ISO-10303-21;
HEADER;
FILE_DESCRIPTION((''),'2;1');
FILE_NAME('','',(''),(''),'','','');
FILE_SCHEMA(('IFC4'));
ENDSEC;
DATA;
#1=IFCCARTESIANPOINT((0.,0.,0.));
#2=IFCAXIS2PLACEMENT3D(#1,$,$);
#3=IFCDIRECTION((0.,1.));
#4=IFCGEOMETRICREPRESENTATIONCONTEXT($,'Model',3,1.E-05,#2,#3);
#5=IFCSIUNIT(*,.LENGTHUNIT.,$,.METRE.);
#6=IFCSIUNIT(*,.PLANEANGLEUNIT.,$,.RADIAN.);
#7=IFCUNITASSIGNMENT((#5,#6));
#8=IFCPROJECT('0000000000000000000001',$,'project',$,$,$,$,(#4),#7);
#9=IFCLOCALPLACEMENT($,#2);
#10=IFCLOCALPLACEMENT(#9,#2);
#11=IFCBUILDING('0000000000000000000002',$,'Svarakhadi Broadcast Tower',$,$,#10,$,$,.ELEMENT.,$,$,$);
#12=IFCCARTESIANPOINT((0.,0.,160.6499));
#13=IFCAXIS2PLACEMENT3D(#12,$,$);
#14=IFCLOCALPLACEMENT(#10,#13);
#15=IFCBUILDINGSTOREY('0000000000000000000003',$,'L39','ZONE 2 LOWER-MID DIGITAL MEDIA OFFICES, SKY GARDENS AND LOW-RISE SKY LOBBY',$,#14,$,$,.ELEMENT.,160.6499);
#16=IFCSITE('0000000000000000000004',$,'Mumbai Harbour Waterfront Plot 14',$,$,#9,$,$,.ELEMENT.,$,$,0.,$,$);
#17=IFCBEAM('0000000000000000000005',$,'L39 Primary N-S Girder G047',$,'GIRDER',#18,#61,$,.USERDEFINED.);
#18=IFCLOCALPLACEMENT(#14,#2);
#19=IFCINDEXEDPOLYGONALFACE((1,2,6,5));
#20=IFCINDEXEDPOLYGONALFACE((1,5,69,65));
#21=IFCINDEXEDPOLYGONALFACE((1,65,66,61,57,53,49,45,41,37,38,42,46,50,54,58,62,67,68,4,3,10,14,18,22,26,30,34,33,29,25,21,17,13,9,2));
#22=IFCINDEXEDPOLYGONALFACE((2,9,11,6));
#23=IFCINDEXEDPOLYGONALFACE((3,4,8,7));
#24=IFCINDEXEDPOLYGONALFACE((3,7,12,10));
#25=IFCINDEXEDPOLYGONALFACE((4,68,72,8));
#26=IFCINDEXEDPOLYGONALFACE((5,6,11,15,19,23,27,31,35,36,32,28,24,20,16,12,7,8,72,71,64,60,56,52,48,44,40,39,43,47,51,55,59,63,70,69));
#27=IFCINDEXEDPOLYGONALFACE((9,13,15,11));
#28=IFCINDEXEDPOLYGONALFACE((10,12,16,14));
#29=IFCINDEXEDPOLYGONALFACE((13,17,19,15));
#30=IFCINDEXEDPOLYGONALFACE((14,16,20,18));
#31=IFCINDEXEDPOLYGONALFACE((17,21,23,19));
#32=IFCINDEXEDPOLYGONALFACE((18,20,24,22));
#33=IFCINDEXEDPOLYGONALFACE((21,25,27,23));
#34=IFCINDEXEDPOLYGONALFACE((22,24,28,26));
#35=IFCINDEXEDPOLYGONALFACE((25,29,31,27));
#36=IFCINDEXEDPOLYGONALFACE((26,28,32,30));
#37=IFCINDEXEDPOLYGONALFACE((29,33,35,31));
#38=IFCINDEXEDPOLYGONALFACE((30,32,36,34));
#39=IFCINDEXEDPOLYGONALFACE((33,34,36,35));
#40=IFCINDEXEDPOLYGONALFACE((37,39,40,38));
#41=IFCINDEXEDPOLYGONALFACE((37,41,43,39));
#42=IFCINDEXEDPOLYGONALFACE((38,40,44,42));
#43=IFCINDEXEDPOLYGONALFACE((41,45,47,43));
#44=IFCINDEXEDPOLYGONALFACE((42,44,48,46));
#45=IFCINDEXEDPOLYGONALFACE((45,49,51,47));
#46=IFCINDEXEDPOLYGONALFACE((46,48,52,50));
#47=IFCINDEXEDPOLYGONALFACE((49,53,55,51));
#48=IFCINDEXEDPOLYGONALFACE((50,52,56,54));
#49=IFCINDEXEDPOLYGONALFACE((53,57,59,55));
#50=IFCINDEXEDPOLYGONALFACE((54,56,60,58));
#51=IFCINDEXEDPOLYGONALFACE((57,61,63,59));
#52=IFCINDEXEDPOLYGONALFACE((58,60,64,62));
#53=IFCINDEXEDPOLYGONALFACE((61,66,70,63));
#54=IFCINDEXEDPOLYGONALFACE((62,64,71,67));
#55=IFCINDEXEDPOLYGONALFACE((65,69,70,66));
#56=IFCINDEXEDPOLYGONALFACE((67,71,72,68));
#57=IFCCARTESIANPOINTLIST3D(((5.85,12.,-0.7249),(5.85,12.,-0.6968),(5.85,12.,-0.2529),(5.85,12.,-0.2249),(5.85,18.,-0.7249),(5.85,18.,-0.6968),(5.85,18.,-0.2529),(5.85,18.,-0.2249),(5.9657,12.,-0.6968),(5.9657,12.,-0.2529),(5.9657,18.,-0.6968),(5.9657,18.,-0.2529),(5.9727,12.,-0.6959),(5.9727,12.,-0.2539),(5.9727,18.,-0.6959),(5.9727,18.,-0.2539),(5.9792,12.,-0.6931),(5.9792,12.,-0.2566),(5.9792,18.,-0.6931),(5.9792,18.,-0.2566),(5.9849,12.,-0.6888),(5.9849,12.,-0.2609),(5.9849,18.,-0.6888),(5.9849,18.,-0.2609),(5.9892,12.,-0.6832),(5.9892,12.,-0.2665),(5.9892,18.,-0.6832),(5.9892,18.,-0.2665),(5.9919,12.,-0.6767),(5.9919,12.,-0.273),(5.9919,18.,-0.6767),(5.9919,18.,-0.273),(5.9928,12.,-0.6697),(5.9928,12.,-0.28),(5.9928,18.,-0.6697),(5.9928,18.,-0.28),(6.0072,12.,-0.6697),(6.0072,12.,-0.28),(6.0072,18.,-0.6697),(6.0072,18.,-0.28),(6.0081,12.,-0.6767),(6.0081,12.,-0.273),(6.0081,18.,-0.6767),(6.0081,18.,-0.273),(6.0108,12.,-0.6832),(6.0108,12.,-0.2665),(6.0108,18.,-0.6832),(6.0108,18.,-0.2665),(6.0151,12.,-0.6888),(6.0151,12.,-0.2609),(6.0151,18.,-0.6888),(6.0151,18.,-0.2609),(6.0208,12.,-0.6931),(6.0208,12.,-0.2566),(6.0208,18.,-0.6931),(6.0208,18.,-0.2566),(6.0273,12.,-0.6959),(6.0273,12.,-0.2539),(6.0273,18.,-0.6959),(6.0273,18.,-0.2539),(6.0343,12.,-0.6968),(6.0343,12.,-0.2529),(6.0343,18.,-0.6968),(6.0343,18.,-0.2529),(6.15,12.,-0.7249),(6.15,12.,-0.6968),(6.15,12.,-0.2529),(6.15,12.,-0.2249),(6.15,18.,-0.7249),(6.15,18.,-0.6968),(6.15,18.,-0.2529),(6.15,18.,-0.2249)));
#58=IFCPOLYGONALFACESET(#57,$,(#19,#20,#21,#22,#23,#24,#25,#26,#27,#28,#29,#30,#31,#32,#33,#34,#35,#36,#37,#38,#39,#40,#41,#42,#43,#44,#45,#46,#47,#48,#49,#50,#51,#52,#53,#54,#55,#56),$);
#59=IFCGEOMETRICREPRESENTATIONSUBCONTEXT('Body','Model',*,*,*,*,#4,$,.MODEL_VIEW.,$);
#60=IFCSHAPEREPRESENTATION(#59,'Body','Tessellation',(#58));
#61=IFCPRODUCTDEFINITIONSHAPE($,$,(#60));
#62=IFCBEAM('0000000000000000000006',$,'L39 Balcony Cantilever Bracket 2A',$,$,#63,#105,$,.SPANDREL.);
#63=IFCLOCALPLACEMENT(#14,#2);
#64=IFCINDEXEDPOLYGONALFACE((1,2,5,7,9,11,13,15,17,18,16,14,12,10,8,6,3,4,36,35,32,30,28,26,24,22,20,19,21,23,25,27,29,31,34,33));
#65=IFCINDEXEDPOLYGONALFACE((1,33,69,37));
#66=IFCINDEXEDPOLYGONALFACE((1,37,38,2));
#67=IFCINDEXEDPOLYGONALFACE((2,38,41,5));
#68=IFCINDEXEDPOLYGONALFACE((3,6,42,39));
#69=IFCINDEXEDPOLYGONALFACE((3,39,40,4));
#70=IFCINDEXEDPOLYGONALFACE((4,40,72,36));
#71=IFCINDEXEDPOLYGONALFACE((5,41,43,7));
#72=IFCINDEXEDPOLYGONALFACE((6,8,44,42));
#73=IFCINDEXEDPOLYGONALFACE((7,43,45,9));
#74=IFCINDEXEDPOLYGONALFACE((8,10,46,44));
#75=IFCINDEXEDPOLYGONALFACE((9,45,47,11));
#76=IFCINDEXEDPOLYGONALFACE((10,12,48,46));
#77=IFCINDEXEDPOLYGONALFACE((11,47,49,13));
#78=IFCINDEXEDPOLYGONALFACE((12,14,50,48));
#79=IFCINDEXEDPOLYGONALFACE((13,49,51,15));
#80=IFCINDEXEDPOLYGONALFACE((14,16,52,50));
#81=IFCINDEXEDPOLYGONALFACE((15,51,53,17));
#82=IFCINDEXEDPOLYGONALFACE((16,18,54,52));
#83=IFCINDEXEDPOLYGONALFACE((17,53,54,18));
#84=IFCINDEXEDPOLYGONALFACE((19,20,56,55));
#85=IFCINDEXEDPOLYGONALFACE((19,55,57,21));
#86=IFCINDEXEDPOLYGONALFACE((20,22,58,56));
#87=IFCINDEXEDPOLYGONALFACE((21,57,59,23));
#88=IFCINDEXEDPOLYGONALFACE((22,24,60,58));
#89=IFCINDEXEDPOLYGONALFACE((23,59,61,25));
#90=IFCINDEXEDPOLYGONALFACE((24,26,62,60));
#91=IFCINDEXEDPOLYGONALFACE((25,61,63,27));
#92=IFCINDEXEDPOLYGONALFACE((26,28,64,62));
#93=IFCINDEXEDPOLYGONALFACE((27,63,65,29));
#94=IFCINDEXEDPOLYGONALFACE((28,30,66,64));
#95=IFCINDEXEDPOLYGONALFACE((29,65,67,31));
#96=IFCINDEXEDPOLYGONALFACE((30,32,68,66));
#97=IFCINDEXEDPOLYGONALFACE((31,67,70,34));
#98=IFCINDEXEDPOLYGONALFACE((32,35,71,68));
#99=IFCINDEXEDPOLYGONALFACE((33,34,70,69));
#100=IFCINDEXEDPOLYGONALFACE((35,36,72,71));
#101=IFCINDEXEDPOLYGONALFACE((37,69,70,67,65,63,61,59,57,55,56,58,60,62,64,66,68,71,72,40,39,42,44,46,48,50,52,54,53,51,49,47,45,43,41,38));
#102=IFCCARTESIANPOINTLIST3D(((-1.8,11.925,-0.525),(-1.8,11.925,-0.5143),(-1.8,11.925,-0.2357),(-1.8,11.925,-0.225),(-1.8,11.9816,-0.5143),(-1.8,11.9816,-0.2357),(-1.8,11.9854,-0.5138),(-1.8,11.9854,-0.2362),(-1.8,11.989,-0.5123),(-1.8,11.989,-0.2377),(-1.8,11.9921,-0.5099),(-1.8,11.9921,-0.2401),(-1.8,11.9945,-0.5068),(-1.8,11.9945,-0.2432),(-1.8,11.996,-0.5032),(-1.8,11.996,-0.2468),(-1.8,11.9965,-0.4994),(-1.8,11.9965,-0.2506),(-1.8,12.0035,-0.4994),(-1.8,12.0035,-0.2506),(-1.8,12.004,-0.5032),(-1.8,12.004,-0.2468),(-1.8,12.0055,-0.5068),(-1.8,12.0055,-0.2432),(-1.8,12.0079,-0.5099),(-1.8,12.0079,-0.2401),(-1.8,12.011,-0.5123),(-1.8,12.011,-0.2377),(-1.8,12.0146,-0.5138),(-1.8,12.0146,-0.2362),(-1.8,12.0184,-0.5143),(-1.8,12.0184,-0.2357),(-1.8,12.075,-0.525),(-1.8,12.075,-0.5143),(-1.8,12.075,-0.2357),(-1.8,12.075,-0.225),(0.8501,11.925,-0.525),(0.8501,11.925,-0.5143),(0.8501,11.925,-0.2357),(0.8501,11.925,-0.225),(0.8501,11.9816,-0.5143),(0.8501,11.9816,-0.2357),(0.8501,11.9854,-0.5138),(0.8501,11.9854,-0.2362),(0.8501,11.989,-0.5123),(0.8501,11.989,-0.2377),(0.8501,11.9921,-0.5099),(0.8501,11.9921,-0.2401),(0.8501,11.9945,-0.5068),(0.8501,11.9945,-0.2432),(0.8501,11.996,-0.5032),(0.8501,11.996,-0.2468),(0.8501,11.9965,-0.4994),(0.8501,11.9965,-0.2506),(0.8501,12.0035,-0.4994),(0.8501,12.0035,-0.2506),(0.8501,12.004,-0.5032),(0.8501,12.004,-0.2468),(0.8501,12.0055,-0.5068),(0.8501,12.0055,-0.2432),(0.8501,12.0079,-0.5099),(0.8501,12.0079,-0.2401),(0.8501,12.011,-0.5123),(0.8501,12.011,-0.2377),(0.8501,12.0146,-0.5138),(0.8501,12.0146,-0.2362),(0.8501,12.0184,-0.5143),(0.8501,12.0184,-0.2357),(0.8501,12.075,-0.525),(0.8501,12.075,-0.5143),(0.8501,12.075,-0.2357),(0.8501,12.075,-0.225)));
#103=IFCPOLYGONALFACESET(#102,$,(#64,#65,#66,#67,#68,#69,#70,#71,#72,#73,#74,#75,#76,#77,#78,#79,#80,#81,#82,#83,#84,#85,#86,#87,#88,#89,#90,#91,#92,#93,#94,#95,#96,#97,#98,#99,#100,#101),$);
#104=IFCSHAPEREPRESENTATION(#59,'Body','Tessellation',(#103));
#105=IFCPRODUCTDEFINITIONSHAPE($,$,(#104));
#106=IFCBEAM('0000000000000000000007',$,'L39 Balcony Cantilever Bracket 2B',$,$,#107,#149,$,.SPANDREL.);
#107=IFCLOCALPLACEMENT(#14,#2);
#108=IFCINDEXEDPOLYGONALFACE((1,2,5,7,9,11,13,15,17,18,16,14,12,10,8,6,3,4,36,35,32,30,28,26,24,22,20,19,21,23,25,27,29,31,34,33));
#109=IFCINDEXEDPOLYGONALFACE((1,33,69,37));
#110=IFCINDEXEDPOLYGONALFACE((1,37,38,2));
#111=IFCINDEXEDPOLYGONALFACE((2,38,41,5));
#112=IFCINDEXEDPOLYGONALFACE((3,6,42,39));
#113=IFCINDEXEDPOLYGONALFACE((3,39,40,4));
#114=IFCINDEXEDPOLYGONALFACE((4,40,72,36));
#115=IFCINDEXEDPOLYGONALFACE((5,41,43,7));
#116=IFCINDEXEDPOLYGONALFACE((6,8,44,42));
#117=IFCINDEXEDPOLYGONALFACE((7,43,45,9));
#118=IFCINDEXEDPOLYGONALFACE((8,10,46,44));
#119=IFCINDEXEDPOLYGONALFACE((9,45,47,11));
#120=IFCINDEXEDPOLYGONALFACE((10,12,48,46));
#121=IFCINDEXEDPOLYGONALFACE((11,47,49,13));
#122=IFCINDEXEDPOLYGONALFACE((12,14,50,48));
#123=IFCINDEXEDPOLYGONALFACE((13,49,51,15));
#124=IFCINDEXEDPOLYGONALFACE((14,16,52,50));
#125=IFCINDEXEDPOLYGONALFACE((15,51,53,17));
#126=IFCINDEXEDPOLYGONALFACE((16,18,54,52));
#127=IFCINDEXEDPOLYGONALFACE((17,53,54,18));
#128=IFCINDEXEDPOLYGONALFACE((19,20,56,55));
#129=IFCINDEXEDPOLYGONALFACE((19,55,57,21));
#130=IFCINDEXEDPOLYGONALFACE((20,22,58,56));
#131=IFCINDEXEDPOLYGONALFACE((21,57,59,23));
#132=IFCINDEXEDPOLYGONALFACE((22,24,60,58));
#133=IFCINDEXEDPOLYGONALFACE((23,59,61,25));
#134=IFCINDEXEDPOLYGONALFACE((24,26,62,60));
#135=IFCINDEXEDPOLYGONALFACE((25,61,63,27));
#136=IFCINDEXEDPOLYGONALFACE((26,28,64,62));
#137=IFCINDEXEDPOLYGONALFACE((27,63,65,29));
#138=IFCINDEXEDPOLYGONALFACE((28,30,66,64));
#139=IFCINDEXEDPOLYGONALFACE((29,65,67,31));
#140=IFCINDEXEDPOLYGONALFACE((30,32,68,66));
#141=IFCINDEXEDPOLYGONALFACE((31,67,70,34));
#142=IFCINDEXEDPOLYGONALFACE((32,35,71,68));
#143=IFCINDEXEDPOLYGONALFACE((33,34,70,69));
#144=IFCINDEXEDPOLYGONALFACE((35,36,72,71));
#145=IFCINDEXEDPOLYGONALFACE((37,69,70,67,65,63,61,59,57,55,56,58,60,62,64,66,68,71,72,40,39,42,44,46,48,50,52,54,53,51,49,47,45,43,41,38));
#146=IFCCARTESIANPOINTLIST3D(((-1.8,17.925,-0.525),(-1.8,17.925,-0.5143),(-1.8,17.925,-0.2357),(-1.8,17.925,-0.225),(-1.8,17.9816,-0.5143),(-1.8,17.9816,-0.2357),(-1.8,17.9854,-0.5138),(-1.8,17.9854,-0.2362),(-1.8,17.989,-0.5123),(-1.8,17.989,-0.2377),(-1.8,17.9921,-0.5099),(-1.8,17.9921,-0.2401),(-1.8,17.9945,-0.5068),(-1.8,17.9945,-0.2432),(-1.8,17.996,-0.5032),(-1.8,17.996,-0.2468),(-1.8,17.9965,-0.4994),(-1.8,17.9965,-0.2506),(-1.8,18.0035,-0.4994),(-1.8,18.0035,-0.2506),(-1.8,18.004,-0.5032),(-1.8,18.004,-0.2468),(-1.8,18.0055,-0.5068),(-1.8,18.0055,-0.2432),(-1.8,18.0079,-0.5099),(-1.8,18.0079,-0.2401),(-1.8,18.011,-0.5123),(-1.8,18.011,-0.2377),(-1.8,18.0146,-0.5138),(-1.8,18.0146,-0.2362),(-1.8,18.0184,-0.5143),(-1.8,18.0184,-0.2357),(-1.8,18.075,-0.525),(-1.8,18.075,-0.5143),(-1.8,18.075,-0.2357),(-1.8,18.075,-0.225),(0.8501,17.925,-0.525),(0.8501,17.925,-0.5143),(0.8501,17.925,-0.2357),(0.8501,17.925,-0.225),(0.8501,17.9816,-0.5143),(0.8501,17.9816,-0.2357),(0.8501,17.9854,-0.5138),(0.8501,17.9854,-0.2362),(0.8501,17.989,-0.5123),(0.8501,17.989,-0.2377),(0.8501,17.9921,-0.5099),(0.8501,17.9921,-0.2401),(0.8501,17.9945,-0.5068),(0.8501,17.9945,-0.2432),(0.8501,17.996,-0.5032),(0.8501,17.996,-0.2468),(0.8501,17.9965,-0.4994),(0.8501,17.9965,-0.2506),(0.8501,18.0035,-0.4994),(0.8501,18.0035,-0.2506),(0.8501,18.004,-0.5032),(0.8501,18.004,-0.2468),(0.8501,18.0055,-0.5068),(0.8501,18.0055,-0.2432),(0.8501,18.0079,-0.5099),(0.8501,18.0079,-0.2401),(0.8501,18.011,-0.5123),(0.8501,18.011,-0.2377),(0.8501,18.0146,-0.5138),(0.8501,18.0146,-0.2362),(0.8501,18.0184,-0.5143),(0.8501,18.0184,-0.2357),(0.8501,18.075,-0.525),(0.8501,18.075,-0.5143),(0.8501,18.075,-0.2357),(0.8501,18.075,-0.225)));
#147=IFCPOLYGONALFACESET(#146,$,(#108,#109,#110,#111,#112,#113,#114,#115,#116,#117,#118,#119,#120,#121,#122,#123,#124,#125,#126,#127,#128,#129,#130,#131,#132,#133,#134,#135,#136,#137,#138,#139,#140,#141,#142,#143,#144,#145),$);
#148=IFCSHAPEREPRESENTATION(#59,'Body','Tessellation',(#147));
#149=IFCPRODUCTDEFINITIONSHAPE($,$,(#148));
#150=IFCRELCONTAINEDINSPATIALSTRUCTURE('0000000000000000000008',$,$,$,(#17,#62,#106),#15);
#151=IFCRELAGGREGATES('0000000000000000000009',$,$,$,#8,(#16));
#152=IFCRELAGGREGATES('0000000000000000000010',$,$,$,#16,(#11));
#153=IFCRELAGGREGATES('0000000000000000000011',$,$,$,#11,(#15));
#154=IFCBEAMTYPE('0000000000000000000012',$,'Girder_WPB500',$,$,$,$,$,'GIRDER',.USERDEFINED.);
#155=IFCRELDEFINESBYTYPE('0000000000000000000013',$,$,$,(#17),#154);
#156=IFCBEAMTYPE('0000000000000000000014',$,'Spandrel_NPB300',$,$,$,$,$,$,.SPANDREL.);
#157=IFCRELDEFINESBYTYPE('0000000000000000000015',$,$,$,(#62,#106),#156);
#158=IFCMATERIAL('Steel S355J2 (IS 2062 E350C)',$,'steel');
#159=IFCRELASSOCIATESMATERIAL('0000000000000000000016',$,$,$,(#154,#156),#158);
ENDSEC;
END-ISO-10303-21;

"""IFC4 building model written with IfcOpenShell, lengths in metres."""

from ifc_helpers import new_model, si_unit, direction, frame, origin, origin_2d, place, context, subcontext, project, spatial, i_section, extrude, material, material_profile, profile_set, type_object, element, save


model = new_model("IFC4")

# Units and contexts
model_context = context("Model", 3, precision=1e-05, world=origin(), true_north=direction((0.0, 1.0)))
body_context = subcontext(model_context, "Body", "Model", "MODEL_VIEW")
ifc_project = project(units=[si_unit("LENGTHUNIT", "METRE"), si_unit("PLANEANGLEUNIT", "RADIAN")], contexts=[model_context])

# Site, building, storey
site_placement = place(None, origin())
site = spatial("IfcSite", under=ifc_project, at=site_placement, Name="Mumbai Harbour Waterfront Plot 14", CompositionType="ELEMENT", RefElevation=0.0)
building_placement = place(site_placement, origin())
building = spatial("IfcBuilding", under=site, at=building_placement, Name="Svarakhadi Broadcast Tower", CompositionType="ELEMENT")
storey_placement = place(building_placement, frame((0.0, 0.0, 160.6499)))
storey = spatial("IfcBuildingStorey", under=building, at=storey_placement, Name="L39", Description="ZONE 2 LOWER-MID DIGITAL MEDIA OFFICES, SKY GARDENS AND LOW-RISE SKY LOBBY", CompositionType="ELEMENT", Elevation=160.6499)

# Shared definitions
ifc_material_1 = material(Name="Steel S355J2 (IS 2062 E350C)", Category="steel")

# Beams
ifc_material_profile_1 = material_profile(ifc_material_1, i_section(OverallWidth=0.3, OverallDepth=0.5, WebThickness=0.0144, FlangeThickness=0.0281, FilletRadius=0.0271, at=origin_2d()), Name="WPB 500x300x187")
ifc_profile_set_1 = profile_set([ifc_material_profile_1], Name="Steel S355J2 (IS 2062 E350C)")
beam_type_1 = type_object("IfcBeamType", Name="Girder_WPB500", ElementType="GIRDER", PredefinedType="USERDEFINED", material=ifc_profile_set_1)
for number, where, z_axis, x_axis, name in (
    (1, (6.0, 12.0, -0.4749), (0.0, 1.0, 0.0), (-1.0, 0.0, 0.0), "L39 Primary N-S Girder G047"),
):
    element("IfcBeam", number, at=place(storey_placement, frame(where, z_axis=z_axis, x_axis=x_axis)), inside=storey, type_object=beam_type_1, Name=name, ObjectType="GIRDER", PredefinedType="USERDEFINED", context=body_context, shape_type="SweptSolid", body=[
        extrude(i_section(OverallWidth=0.3, OverallDepth=0.5, WebThickness=0.0144, FlangeThickness=0.0281, FilletRadius=0.0271, at=origin_2d()), origin(), (0.0, 0.0, 1.0), 6.0),
    ])
ifc_material_profile_2 = material_profile(ifc_material_1, i_section(OverallWidth=0.1499, OverallDepth=0.3, WebThickness=0.0071, FlangeThickness=0.0107, FilletRadius=0.0149, at=origin_2d()), Name="NPB 300x150x37")
ifc_profile_set_2 = profile_set([ifc_material_profile_2], Name="Steel S355J2 (IS 2062 E350C)")
beam_type_2 = type_object("IfcBeamType", Name="Spandrel_NPB300", PredefinedType="SPANDREL", material=ifc_profile_set_2)
for number, where, z_axis, x_axis, name in (
    (2, (0.8501, 12.0, -0.375), (-1.0, 0.0, 0.0), (0.0, -1.0, 0.0), "L39 Balcony Cantilever Bracket 2A"),
    (3, (0.8501, 18.0, -0.375), (-1.0, 0.0, 0.0), (0.0, -1.0, 0.0), "L39 Balcony Cantilever Bracket 2B"),
):
    element("IfcBeam", number, at=place(storey_placement, frame(where, z_axis=z_axis, x_axis=x_axis)), inside=storey, type_object=beam_type_2, Name=name, PredefinedType="SPANDREL", context=body_context, shape_type="SweptSolid", body=[
        extrude(i_section(OverallWidth=0.1499, OverallDepth=0.3, WebThickness=0.0071, FlangeThickness=0.0107, FilletRadius=0.0149, at=origin_2d()), origin(), (0.0, 0.0, 1.0), 2.6501),
    ])

save(model, "model.ifc")
